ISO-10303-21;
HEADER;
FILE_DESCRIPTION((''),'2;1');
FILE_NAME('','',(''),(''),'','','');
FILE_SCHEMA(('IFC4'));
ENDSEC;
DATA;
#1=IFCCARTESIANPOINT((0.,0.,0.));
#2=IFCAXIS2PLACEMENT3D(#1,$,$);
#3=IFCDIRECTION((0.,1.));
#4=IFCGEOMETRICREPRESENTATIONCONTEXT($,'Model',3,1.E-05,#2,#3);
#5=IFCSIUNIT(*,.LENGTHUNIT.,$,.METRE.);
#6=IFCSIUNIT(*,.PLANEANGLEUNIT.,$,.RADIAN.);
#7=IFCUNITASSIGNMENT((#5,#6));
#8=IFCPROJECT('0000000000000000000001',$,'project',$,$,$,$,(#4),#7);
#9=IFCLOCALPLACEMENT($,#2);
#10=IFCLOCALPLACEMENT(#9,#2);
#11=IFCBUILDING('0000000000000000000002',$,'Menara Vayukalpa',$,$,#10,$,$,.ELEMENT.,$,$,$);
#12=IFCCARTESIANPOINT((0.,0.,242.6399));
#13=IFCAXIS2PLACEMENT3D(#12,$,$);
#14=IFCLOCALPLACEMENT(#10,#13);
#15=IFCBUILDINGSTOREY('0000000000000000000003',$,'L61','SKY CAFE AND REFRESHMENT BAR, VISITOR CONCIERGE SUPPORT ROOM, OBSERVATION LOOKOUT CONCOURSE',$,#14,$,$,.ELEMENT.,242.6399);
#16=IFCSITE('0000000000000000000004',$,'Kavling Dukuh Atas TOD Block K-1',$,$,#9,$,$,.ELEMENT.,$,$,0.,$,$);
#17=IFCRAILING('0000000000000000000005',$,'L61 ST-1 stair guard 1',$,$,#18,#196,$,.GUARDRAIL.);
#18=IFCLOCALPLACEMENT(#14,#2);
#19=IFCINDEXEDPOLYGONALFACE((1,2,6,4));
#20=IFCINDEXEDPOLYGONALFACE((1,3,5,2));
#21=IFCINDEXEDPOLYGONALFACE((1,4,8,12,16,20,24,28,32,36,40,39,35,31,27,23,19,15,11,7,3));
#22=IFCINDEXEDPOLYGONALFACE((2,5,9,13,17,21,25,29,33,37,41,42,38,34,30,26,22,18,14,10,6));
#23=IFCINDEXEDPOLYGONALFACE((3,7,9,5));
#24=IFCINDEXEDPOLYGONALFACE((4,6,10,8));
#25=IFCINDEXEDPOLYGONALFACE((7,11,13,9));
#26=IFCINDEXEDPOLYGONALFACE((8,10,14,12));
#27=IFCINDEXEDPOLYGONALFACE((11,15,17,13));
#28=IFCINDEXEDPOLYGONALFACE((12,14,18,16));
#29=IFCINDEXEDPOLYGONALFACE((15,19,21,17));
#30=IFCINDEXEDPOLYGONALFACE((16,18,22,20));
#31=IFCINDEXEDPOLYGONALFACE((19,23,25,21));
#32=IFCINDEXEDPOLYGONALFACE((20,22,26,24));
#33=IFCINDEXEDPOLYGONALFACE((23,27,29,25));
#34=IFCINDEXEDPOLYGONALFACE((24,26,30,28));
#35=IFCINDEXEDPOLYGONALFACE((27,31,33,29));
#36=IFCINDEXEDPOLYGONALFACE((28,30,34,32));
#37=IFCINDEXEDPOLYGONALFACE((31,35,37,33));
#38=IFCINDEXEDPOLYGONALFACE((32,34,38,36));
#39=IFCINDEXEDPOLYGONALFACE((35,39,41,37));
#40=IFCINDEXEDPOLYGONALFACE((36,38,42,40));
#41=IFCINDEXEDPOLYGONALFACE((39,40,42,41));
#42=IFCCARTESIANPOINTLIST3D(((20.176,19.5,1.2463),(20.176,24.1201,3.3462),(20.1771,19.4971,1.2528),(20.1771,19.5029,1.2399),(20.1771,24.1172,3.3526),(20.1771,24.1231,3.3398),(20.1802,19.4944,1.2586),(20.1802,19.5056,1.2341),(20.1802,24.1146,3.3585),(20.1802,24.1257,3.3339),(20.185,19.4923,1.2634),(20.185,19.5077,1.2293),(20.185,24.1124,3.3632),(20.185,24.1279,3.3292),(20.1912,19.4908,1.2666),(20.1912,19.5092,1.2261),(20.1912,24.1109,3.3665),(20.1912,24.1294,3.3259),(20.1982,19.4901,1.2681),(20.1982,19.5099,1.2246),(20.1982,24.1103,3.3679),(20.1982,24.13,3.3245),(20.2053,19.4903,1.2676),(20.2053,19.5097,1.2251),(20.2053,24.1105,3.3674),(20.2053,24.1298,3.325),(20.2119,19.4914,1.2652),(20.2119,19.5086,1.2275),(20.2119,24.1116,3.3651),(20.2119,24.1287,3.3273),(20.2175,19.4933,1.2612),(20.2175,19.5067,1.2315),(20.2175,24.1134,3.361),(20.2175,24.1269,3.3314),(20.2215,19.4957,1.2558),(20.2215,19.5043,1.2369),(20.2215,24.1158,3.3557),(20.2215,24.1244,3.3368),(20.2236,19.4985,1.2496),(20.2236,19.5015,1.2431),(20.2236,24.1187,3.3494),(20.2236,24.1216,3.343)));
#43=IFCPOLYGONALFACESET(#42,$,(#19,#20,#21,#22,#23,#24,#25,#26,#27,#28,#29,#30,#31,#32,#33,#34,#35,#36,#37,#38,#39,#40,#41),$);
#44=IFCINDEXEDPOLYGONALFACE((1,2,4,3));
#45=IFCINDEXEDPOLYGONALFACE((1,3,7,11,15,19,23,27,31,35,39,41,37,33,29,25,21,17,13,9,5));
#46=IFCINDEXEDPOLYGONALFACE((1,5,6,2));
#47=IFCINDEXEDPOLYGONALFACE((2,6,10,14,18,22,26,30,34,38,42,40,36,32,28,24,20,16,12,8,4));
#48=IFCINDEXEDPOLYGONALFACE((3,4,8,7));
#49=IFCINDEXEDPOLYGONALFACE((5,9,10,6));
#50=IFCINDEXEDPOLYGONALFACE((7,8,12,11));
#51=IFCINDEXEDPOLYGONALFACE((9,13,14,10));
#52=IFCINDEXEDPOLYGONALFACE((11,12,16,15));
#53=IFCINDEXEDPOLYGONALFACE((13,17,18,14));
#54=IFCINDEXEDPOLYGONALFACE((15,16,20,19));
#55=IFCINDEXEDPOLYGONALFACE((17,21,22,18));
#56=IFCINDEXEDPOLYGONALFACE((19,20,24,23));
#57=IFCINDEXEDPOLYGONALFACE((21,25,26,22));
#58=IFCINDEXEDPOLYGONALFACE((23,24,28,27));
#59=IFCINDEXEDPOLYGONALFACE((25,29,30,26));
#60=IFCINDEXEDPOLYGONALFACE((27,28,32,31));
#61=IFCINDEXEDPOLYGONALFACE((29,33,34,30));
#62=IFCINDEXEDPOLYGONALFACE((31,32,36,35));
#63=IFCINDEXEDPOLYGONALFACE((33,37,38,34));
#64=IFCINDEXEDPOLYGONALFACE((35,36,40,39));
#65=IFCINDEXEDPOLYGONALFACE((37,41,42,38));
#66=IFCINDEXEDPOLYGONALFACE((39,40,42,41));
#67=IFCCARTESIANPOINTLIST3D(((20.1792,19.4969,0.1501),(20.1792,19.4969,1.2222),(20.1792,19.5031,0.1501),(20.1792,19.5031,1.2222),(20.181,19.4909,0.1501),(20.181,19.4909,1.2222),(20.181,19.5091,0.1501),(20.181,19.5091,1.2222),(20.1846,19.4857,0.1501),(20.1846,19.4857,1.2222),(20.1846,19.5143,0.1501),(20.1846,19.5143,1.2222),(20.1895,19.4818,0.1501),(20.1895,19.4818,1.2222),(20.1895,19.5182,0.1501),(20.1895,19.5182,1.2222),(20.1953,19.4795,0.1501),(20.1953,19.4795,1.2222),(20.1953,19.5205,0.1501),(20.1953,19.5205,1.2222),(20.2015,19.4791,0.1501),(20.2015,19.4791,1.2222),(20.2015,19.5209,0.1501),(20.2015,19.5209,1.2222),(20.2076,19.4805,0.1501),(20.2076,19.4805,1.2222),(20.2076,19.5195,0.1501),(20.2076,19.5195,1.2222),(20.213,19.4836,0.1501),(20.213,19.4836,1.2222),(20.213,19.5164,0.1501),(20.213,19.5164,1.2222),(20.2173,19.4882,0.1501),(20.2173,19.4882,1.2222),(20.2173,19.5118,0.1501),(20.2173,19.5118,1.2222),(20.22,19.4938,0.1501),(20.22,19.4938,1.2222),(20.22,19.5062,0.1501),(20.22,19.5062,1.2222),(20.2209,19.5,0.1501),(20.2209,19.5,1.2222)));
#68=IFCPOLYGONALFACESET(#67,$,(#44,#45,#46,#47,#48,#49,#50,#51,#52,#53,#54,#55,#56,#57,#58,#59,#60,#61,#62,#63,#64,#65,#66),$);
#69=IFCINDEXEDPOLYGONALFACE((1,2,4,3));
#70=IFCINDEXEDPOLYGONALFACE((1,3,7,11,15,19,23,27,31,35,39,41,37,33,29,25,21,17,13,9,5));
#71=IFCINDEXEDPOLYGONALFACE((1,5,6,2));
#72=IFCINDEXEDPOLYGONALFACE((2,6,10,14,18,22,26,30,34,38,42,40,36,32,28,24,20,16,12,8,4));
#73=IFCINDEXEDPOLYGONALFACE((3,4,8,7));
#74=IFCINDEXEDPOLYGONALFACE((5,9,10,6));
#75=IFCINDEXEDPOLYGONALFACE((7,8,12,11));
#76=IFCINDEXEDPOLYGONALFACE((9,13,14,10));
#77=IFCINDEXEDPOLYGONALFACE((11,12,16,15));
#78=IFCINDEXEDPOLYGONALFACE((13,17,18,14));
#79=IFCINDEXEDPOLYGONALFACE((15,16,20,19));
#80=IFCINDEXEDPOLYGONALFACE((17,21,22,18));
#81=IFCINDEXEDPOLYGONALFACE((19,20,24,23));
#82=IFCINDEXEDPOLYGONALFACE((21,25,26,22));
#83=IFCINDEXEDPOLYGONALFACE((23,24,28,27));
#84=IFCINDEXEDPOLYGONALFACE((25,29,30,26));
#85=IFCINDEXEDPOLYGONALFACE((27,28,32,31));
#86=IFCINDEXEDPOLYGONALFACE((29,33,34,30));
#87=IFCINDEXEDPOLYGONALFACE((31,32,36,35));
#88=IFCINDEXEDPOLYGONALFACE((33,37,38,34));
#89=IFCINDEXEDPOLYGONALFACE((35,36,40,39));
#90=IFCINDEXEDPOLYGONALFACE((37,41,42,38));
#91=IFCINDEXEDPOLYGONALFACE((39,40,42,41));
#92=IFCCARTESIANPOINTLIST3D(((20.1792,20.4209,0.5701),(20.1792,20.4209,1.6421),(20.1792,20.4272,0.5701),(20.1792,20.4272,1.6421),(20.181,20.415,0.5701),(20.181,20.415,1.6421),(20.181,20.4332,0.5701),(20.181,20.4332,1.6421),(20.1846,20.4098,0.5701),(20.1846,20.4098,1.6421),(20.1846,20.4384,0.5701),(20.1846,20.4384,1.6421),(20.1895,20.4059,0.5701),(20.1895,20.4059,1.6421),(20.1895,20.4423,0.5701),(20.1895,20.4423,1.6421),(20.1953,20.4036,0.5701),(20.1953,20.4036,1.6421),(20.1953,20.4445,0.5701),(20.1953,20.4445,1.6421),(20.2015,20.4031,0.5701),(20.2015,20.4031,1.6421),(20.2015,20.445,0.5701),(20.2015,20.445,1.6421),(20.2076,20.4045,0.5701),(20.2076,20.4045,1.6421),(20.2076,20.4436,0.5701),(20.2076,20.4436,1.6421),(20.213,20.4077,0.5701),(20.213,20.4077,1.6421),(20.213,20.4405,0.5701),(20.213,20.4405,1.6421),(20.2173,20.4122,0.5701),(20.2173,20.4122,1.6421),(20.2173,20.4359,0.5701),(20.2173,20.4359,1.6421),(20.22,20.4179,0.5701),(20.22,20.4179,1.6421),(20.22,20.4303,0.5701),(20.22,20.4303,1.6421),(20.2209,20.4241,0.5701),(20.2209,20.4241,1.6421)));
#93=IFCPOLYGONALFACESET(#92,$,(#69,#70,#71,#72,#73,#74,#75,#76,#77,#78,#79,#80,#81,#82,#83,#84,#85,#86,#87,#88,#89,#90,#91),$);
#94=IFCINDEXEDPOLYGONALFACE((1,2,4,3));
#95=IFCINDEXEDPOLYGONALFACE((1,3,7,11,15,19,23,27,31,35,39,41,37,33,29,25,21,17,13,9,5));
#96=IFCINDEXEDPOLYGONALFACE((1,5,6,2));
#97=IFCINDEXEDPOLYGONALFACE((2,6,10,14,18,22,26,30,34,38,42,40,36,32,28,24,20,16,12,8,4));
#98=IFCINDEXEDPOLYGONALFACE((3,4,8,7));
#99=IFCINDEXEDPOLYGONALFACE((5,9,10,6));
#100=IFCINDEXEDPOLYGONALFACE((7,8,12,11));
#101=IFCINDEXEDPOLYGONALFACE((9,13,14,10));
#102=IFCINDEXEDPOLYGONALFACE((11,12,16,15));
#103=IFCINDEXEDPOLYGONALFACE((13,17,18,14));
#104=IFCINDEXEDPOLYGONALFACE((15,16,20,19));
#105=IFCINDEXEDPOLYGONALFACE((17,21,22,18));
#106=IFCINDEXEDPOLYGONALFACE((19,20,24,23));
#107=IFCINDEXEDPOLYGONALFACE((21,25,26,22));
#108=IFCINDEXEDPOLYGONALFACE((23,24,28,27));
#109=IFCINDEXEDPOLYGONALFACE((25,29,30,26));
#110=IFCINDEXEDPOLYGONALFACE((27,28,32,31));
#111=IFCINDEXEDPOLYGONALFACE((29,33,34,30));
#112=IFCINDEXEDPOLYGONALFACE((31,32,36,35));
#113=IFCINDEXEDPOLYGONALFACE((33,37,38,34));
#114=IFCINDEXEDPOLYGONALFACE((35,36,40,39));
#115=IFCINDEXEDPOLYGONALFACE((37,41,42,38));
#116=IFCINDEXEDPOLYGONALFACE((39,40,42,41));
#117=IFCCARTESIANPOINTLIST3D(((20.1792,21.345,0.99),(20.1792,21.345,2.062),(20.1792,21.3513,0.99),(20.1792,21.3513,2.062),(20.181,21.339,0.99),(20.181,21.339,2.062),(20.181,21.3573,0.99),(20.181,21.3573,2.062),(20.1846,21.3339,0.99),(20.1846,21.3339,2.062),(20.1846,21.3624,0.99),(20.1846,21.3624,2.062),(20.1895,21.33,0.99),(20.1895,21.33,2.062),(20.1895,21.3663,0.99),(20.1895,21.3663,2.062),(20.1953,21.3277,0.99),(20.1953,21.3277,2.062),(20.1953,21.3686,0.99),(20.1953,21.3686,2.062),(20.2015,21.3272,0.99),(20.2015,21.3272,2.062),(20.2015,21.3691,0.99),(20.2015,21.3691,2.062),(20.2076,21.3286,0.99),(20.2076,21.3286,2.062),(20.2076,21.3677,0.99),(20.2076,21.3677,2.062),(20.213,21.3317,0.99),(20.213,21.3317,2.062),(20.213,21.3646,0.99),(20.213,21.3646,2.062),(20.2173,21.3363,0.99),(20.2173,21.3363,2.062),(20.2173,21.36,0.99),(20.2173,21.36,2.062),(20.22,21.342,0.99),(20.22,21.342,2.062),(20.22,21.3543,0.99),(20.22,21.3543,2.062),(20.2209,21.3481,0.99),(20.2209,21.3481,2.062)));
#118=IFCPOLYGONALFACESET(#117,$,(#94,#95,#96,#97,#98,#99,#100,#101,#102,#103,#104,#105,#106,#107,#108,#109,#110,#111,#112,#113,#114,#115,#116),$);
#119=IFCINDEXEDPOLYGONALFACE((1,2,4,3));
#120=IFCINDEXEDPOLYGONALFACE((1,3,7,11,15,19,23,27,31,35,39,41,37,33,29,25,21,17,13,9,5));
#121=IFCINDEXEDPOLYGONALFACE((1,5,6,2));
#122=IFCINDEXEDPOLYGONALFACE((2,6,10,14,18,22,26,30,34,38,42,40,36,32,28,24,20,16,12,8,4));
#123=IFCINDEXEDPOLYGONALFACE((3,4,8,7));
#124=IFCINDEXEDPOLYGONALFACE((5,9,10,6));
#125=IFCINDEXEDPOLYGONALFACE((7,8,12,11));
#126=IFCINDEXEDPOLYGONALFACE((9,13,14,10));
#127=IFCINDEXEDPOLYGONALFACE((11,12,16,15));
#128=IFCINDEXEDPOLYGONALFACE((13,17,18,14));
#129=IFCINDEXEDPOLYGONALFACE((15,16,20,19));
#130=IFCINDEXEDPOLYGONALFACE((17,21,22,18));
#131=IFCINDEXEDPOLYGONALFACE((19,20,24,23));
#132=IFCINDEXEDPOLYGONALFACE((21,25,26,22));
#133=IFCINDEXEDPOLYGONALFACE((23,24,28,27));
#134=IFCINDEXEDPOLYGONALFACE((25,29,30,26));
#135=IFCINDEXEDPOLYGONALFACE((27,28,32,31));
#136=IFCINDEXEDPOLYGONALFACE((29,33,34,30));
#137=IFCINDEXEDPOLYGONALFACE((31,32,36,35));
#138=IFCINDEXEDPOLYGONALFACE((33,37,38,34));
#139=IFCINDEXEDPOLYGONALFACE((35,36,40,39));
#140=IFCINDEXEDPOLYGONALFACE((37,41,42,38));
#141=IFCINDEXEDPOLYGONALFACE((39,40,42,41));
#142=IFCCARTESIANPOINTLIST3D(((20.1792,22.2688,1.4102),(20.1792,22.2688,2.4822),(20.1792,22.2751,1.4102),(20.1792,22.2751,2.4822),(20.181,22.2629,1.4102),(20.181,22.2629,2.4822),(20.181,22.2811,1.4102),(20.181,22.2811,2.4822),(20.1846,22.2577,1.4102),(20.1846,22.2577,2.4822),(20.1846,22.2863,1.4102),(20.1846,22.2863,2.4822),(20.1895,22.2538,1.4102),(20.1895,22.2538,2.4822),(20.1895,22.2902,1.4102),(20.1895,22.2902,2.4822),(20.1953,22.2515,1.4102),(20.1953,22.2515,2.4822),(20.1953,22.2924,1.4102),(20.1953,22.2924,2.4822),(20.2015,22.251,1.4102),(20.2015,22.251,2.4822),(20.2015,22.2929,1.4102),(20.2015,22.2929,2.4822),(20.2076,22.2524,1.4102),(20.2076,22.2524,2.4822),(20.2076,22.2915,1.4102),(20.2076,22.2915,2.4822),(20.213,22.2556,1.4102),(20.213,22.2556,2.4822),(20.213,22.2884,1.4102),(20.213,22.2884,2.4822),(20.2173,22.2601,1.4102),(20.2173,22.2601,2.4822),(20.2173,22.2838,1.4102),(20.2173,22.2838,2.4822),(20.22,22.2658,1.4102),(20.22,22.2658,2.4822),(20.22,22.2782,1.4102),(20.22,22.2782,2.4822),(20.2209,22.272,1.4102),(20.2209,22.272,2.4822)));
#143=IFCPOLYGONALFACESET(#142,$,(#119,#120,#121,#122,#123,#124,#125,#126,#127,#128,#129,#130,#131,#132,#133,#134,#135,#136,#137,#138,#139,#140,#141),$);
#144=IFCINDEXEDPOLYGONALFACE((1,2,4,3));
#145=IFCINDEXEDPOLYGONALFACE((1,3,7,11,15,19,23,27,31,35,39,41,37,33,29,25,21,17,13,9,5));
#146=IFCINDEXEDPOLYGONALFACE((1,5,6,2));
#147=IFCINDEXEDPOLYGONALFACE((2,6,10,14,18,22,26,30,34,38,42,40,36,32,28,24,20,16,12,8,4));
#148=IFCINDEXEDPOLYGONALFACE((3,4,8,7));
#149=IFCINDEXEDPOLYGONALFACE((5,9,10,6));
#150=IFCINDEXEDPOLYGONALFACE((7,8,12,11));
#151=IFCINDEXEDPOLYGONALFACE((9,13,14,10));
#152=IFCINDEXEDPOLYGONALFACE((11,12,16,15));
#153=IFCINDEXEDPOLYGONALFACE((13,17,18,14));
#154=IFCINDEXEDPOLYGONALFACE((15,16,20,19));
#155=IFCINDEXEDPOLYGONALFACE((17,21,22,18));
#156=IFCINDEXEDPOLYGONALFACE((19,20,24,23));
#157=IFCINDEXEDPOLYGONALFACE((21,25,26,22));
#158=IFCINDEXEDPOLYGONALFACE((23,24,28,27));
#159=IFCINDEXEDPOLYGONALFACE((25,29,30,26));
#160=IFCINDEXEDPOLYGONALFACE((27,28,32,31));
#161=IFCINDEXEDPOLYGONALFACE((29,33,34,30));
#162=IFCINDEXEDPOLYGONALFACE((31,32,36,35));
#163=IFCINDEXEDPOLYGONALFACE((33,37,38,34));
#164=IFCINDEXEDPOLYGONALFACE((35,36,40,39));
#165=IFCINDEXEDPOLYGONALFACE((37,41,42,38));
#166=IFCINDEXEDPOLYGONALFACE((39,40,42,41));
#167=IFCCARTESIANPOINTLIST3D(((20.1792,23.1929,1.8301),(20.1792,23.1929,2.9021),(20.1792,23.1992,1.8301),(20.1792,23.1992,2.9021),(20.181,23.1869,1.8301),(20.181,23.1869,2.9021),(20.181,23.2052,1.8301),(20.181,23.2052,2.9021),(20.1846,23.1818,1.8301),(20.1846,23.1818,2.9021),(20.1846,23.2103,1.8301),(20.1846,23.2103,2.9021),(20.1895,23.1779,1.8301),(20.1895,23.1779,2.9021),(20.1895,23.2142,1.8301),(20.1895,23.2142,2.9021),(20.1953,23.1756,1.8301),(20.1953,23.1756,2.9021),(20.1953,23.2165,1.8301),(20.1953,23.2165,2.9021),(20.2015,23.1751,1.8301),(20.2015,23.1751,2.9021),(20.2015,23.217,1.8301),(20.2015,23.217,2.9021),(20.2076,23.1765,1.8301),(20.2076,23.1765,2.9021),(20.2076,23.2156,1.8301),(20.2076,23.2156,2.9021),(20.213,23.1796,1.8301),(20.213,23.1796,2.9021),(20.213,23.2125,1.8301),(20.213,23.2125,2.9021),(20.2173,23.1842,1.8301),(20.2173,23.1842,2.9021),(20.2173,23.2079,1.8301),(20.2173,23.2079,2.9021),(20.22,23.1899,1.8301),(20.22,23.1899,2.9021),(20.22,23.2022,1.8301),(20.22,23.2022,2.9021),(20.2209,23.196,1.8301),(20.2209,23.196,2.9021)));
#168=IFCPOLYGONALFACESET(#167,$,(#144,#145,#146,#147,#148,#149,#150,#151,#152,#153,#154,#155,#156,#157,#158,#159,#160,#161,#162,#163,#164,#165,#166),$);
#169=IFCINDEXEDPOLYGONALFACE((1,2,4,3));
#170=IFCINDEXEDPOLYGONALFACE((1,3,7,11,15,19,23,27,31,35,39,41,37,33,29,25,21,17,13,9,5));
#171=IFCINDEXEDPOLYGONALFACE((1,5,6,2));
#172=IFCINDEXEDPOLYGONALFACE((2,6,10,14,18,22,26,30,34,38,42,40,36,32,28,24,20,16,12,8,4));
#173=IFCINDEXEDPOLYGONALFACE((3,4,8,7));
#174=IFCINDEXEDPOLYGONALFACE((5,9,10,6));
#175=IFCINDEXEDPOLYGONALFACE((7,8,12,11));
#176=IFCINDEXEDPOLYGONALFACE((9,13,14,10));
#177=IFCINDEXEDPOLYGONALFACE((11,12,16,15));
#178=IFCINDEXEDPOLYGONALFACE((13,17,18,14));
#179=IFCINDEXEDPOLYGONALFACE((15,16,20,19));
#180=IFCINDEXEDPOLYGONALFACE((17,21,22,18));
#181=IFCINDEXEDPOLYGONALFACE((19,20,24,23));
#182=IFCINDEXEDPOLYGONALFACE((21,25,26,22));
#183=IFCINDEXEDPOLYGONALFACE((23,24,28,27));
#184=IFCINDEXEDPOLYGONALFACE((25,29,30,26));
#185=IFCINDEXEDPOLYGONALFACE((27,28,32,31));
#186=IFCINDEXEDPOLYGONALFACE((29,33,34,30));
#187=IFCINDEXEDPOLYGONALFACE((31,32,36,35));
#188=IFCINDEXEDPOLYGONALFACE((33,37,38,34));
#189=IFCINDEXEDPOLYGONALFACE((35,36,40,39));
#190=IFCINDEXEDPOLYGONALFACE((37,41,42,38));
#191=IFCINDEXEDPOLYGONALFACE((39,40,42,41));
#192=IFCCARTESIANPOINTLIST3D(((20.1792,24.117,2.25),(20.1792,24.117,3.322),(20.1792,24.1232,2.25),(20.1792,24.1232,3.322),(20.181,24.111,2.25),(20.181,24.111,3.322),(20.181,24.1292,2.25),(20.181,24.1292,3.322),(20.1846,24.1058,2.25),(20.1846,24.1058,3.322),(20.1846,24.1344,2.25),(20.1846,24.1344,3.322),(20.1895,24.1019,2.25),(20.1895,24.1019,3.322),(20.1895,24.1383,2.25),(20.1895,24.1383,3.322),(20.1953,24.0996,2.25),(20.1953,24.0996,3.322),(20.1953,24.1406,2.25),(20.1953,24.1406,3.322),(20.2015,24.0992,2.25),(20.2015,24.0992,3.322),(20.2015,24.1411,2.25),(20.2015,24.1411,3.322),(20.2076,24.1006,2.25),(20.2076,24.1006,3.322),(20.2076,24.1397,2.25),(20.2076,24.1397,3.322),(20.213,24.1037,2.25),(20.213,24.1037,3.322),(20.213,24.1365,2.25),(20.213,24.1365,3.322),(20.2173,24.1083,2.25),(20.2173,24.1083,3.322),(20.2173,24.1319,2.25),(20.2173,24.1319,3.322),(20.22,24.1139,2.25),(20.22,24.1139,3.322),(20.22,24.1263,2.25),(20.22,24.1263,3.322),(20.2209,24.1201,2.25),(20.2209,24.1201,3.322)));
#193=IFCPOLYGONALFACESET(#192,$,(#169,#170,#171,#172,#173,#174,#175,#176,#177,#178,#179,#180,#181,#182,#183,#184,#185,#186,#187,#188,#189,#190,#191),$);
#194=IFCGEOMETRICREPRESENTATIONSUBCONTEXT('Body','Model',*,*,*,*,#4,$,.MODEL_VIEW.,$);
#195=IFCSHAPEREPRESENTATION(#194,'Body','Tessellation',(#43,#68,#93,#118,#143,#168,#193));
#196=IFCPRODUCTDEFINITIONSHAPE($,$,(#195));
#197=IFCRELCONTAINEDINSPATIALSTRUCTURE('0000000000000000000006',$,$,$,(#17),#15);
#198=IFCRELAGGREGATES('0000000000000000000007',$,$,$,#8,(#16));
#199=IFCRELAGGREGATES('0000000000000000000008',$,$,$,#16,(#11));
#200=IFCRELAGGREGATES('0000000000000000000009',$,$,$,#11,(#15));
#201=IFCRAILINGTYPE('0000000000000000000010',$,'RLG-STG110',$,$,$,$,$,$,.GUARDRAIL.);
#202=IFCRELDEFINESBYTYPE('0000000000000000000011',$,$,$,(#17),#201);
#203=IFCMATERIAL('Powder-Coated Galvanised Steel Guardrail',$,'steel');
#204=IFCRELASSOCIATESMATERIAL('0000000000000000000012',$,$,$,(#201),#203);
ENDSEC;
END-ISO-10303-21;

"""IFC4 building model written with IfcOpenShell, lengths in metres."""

from ifc_helpers import new_model, si_unit, direction, frame, origin, origin_2d, place, context, subcontext, project, spatial, circle, extrude, material, type_object, element, save


model = new_model("IFC4")

# Units and contexts
model_context = context("Model", 3, precision=1e-05, world=origin(), true_north=direction((0.0, 1.0)))
body_context = subcontext(model_context, "Body", "Model", "MODEL_VIEW")
ifc_project = project(units=[si_unit("LENGTHUNIT", "METRE"), si_unit("PLANEANGLEUNIT", "RADIAN")], contexts=[model_context])

# Site, building, storey
site_placement = place(None, origin())
site = spatial("IfcSite", under=ifc_project, at=site_placement, Name="Kavling Dukuh Atas TOD Block K-1", CompositionType="ELEMENT", RefElevation=0.0)
building_placement = place(site_placement, origin())
building = spatial("IfcBuilding", under=site, at=building_placement, Name="Menara Vayukalpa", CompositionType="ELEMENT")
storey_placement = place(building_placement, frame((0.0, 0.0, 242.6399)))
storey = spatial("IfcBuildingStorey", under=building, at=storey_placement, Name="L61", Description="SKY CAFE AND REFRESHMENT BAR, VISITOR CONCIERGE SUPPORT ROOM, OBSERVATION LOOKOUT CONCOURSE", CompositionType="ELEMENT", Elevation=242.6399)

# Railing
ifc_material_1 = material(Name="Powder-Coated Galvanised Steel Guardrail", Category="steel")
railing_type_1 = type_object("IfcRailingType", Name="RLG-STG110", PredefinedType="GUARDRAIL", material=ifc_material_1)
railing_1_placement = place(storey_placement, frame((20.2, 19.5, 0.1501)))
element("IfcRailing", 1, at=railing_1_placement, inside=storey, type_object=railing_type_1, Name="L61 ST-1 stair guard 1", PredefinedType="GUARDRAIL", context=body_context, shape_type="SweptSolid", body=[
    extrude(circle(Radius=0.0239, at=origin_2d()), frame((0.0, 0.0, 1.0962), z_axis=(0.0, 0.910381, 0.41377), x_axis=(-1.0, 0.0, 0.0)), (0.0, 0.0, 1.0), 5.075),
    extrude(circle(Radius=0.021, at=origin_2d()), origin(), (0.0, 0.0, 1.0), 1.072),
    extrude(circle(Radius=0.021, at=origin_2d()), frame((0.0, 0.9241, 0.4199)), (0.0, 0.0, 1.0), 1.072),
    extrude(circle(Radius=0.021, at=origin_2d()), frame((0.0, 1.8481, 0.8398)), (0.0, 0.0, 1.0), 1.072),
    extrude(circle(Radius=0.021, at=origin_2d()), frame((0.0, 2.772, 1.26)), (0.0, 0.0, 1.0), 1.072),
    extrude(circle(Radius=0.021, at=origin_2d()), frame((0.0, 3.696, 1.6799)), (0.0, 0.0, 1.0), 1.072),
    extrude(circle(Radius=0.021, at=origin_2d()), frame((0.0, 4.6201, 2.0999)), (0.0, 0.0, 1.0), 1.072),
])

save(model, "model.ifc")
